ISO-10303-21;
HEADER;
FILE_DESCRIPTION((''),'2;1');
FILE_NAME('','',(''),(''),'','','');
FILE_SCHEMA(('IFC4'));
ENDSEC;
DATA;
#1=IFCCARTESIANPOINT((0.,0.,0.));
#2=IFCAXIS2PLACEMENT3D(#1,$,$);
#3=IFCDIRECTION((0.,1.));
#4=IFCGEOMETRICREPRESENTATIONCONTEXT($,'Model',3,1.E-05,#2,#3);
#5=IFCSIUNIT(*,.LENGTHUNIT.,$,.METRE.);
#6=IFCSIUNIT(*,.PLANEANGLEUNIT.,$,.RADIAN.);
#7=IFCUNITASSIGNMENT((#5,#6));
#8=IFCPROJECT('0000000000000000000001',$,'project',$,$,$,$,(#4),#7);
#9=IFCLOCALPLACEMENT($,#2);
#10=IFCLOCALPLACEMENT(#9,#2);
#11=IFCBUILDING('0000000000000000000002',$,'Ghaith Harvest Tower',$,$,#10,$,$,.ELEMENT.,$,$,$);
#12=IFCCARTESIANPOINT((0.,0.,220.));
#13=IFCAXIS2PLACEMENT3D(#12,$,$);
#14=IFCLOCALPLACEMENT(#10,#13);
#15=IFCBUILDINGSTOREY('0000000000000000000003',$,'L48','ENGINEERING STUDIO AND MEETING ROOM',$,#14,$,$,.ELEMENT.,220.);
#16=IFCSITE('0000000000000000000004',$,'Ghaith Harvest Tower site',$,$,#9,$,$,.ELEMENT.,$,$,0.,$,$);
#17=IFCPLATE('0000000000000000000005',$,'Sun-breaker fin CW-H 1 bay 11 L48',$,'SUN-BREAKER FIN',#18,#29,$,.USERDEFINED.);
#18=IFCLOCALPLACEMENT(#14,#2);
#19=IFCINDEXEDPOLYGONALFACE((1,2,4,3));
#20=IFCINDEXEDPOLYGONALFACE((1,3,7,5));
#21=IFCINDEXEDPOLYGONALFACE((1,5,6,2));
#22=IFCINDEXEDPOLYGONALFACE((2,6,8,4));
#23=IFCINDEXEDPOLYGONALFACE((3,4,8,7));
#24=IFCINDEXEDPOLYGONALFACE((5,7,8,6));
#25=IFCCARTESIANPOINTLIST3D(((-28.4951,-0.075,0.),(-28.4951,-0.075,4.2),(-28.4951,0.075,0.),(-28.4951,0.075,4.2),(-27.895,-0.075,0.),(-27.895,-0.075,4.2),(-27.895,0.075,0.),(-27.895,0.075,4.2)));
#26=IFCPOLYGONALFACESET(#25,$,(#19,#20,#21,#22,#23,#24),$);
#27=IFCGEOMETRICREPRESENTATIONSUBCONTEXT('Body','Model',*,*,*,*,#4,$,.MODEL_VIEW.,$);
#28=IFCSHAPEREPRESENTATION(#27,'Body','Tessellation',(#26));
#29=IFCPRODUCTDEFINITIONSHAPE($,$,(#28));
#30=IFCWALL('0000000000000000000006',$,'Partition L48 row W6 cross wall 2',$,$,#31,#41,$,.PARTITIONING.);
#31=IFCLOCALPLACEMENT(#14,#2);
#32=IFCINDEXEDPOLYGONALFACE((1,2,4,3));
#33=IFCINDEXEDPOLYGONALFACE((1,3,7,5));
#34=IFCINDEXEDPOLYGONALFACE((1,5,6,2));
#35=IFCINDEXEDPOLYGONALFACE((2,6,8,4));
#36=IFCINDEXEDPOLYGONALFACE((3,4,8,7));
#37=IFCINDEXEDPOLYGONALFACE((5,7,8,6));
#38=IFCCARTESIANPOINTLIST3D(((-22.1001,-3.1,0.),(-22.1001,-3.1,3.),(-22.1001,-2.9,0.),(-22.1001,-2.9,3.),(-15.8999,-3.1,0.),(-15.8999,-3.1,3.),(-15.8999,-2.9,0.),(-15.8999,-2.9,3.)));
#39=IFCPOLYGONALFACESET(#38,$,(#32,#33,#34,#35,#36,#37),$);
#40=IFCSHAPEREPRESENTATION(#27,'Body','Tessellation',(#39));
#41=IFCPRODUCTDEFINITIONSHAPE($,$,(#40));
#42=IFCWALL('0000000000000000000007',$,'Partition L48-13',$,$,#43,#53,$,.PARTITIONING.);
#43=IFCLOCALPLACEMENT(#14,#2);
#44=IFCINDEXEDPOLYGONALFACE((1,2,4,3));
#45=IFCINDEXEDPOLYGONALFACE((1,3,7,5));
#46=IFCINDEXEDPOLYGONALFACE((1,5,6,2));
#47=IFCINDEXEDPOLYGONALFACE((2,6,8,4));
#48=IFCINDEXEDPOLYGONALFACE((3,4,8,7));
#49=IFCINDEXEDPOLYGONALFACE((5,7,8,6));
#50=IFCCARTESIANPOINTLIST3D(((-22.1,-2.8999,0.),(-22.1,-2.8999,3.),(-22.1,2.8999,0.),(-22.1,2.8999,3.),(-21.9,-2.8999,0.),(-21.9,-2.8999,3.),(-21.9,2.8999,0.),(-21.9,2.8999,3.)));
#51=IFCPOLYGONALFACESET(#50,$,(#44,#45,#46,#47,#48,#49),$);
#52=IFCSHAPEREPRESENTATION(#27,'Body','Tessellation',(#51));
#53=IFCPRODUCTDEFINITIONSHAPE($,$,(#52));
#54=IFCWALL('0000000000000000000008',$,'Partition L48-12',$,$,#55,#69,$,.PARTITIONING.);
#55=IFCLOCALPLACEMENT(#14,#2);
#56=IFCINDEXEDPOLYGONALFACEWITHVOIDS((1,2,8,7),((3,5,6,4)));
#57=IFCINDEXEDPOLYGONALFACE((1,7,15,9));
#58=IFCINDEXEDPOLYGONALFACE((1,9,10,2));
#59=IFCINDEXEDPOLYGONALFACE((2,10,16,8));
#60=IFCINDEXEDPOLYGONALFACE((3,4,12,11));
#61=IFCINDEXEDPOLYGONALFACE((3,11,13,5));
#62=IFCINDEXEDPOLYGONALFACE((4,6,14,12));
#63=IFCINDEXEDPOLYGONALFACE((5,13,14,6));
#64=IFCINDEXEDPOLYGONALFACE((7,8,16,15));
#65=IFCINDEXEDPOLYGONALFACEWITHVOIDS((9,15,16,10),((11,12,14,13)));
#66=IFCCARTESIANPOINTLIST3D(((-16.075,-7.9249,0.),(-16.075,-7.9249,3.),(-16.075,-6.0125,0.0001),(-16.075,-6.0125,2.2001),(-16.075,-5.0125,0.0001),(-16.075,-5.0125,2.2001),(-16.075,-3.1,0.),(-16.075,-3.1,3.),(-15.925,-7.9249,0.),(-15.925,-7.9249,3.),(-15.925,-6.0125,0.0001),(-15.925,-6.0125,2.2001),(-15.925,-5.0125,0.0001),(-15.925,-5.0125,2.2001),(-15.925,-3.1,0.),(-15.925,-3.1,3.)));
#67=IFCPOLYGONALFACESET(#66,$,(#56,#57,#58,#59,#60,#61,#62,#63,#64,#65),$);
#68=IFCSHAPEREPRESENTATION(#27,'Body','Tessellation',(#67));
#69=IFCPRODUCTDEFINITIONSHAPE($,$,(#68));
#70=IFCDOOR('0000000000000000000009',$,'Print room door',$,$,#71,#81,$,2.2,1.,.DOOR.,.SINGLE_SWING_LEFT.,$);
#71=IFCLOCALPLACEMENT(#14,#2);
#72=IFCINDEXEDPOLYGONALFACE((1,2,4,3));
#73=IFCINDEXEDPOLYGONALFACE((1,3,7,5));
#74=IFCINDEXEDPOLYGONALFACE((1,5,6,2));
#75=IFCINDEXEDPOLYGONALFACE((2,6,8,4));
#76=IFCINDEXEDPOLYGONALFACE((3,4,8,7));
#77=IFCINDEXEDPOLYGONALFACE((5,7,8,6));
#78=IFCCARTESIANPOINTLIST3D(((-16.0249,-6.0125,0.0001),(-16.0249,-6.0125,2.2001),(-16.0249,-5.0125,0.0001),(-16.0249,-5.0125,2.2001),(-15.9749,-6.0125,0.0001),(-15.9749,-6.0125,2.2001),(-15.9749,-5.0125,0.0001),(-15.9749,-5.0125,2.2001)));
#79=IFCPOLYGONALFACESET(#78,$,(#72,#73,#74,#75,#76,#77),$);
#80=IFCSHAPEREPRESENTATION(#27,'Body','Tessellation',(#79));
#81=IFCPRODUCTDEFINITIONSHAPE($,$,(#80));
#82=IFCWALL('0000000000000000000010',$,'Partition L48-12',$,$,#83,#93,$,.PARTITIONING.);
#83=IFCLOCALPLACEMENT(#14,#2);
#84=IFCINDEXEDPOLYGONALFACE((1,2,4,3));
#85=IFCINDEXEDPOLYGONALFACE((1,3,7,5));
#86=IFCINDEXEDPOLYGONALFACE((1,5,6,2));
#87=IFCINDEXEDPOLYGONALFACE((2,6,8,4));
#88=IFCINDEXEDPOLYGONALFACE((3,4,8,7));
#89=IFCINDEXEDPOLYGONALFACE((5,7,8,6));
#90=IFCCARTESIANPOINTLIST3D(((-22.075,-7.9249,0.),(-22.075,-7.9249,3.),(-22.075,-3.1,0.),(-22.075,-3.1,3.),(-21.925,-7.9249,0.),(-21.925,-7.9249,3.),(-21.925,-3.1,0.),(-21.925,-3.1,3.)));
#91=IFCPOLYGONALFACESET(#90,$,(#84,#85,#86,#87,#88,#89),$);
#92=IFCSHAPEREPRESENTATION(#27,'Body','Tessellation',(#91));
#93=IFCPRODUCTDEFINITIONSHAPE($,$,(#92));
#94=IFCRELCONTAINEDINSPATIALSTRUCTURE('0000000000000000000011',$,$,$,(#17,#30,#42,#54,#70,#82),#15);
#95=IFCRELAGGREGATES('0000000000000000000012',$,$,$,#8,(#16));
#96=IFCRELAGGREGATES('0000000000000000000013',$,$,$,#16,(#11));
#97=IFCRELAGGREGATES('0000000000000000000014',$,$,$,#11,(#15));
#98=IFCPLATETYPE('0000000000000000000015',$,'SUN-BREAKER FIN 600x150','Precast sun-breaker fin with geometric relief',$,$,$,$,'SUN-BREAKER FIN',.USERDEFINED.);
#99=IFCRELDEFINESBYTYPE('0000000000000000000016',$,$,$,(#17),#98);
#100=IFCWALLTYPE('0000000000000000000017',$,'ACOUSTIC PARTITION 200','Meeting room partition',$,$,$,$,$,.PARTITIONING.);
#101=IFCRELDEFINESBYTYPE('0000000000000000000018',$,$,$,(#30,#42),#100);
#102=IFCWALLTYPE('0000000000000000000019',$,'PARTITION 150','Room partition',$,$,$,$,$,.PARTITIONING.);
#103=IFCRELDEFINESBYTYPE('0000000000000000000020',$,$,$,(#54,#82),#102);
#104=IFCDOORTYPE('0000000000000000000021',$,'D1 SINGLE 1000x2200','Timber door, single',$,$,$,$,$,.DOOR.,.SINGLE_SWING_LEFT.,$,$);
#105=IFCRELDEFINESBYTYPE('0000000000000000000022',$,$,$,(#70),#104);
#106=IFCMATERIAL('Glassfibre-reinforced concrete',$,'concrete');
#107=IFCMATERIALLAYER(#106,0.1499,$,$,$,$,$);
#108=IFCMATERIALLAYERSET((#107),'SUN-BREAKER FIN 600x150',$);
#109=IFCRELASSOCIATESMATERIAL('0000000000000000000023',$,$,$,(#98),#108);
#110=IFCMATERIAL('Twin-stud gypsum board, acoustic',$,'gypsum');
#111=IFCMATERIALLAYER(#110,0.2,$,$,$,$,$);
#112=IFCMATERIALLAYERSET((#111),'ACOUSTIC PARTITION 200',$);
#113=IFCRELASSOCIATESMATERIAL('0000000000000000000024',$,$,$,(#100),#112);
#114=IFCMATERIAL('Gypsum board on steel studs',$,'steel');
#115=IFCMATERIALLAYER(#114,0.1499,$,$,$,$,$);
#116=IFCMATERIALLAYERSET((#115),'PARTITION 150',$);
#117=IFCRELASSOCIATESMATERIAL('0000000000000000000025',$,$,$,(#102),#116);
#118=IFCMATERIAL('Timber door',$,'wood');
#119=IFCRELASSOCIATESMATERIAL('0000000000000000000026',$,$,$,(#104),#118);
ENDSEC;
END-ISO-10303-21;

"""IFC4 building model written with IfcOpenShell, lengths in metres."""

from ifc_helpers import new_model, si_unit, direction, frame, frame_2d, origin, origin_2d, place, context, subcontext, project, spatial, rectangle, extrude, material, layer, layer_set, type_object, element, fill, save


model = new_model("IFC4")

# Units and contexts
model_context = context("Model", 3, precision=1e-05, world=origin(), true_north=direction((0.0, 1.0)))
body_context = subcontext(model_context, "Body", "Model", "MODEL_VIEW")
ifc_project = project(units=[si_unit("LENGTHUNIT", "METRE"), si_unit("PLANEANGLEUNIT", "RADIAN")], contexts=[model_context])

# Site, building, storey
site_placement = place(None, origin())
site = spatial("IfcSite", under=ifc_project, at=site_placement, Name="Ghaith Harvest Tower site", CompositionType="ELEMENT", RefElevation=0.0)
building_placement = place(site_placement, origin())
building = spatial("IfcBuilding", under=site, at=building_placement, Name="Ghaith Harvest Tower", CompositionType="ELEMENT")
storey_placement = place(building_placement, frame((0.0, 0.0, 220.0)))
storey = spatial("IfcBuildingStorey", under=building, at=storey_placement, Name="L48", Description="ENGINEERING STUDIO AND MEETING ROOM", CompositionType="ELEMENT", Elevation=220.0)

# Plate
ifc_material_1 = material(Name="Glassfibre-reinforced concrete", Category="concrete")
ifc_layer_1 = layer(ifc_material_1, 0.1499)
ifc_layer_set_1 = layer_set([ifc_layer_1], Name="SUN-BREAKER FIN 600x150")
plate_type_1 = type_object("IfcPlateType", Name="SUN-BREAKER FIN 600x150", Description="Precast sun-breaker fin with geometric relief", ElementType="SUN-BREAKER FIN", PredefinedType="USERDEFINED", material=ifc_layer_set_1)
plate_1_placement = place(storey_placement, frame((-28.1951, 0.0, 0.0), z_axis=(0.0, 0.0, 1.0), x_axis=(-1.0, 0.0, 0.0)))
element("IfcPlate", 1, at=plate_1_placement, inside=storey, type_object=plate_type_1, Name="Sun-breaker fin CW-H 1 bay 11 L48", ObjectType="SUN-BREAKER FIN", PredefinedType="USERDEFINED", context=body_context, shape_type="SweptSolid", body=[
    extrude(rectangle(XDim=0.6001, YDim=0.1499, at=origin_2d()), origin(), (0.0, 0.0, 1.0), 4.2),
])

# Wall
ifc_material_2 = material(Name="Twin-stud gypsum board, acoustic", Category="gypsum")
ifc_layer_2 = layer(ifc_material_2, 0.2)
ifc_layer_set_2 = layer_set([ifc_layer_2], Name="ACOUSTIC PARTITION 200")
wall_type_1 = type_object("IfcWallType", Name="ACOUSTIC PARTITION 200", Description="Meeting room partition", PredefinedType="PARTITIONING", material=ifc_layer_set_2)
wall_1_placement = place(storey_placement, frame((-15.8999, -3.0, 0.0), z_axis=(0.0, 0.0, 1.0), x_axis=(-1.0, 0.0, 0.0)))
element("IfcWall", 2, at=wall_1_placement, inside=storey, type_object=wall_type_1, Name="Partition L48 row W6 cross wall 2", PredefinedType="PARTITIONING", context=body_context, shape_type="SweptSolid", body=[
    extrude(rectangle(XDim=6.2002, YDim=0.2, at=frame_2d((3.1001, 0.0))), origin(), (0.0, 0.0, 1.0), 3.0),
])

# Wall
wall_2_placement = place(storey_placement, frame((-22.0, -2.8999, 0.0), z_axis=(0.0, 0.0, 1.0), x_axis=(0.0, 1.0, 0.0)))
element("IfcWall", 3, at=wall_2_placement, inside=storey, type_object=wall_type_1, Name="Partition L48-13", PredefinedType="PARTITIONING", context=body_context, shape_type="SweptSolid", body=[
    extrude(rectangle(XDim=5.7998, YDim=0.2, at=frame_2d((2.8999, 0.0))), origin(), (0.0, 0.0, 1.0), 3.0),
])

# Wall, opening, door
ifc_material_3 = material(Name="Gypsum board on steel studs", Category="steel")
ifc_layer_3 = layer(ifc_material_3, 0.1499)
ifc_layer_set_3 = layer_set([ifc_layer_3], Name="PARTITION 150")
wall_type_2 = type_object("IfcWallType", Name="PARTITION 150", Description="Room partition", PredefinedType="PARTITIONING", material=ifc_layer_set_3)
wall_3_placement = place(storey_placement, frame((-16.0, -7.925, 0.0), z_axis=(0.0, 0.0, 1.0), x_axis=(0.0, 1.0, 0.0)))
wall_3 = element("IfcWall", 4, at=wall_3_placement, inside=storey, type_object=wall_type_2, Name="Partition L48-12", PredefinedType="PARTITIONING", context=body_context, shape_type="SweptSolid", body=[
    extrude(rectangle(XDim=4.825, YDim=0.1499, at=frame_2d((2.4126, 0.0))), origin(), (0.0, 0.0, 1.0), 3.0),
])
opening_1_placement = place(wall_3_placement, frame((1.9126, 0.0, 0.0)))
opening_1 = element("IfcOpeningElement", 5, at=opening_1_placement, cuts=wall_3, PredefinedType="OPENING", context=body_context, shape_type="SweptSolid", body=[
    extrude(rectangle(XDim=1.0, YDim=2.2, at=frame_2d((0.5, 1.1001))), frame((0.0, 0.085, 0.0), z_axis=(0.0, -1.0, 0.0), x_axis=(1.0, 0.0, 0.0)), (0.0, 0.0, 1.0), 0.1699),
])
ifc_material_4 = material(Name="Timber door", Category="wood")
door_type_1 = type_object("IfcDoorType", Name="D1 SINGLE 1000x2200", Description="Timber door, single", OperationType="SINGLE_SWING_LEFT", PredefinedType="DOOR", material=ifc_material_4)
door_1_placement = place(opening_1_placement, origin())
door_1 = element("IfcDoor", 6, at=door_1_placement, inside=storey, type_object=door_type_1, Name="Print room door", OperationType="SINGLE_SWING_LEFT", OverallHeight=2.2, OverallWidth=1.0, PredefinedType="DOOR", context=body_context, shape_type="SweptSolid", body=[
    extrude(rectangle(XDim=1.0, YDim=2.2, at=frame_2d((0.5, 1.1001))), frame((0.0, 0.0249, 0.0), z_axis=(0.0, -1.0, 0.0), x_axis=(1.0, 0.0, 0.0)), (0.0, 0.0, 1.0), 0.05),
])
fill(opening_1, door_1)

# Wall
wall_4_placement = place(storey_placement, frame((-22.0, -7.925, 0.0), z_axis=(0.0, 0.0, 1.0), x_axis=(0.0, 1.0, 0.0)))
element("IfcWall", 7, at=wall_4_placement, inside=storey, type_object=wall_type_2, Name="Partition L48-12", PredefinedType="PARTITIONING", context=body_context, shape_type="SweptSolid", body=[
    extrude(rectangle(XDim=4.825, YDim=0.1499, at=frame_2d((2.4126, 0.0))), origin(), (0.0, 0.0, 1.0), 3.0),
])

save(model, "model.ifc")
